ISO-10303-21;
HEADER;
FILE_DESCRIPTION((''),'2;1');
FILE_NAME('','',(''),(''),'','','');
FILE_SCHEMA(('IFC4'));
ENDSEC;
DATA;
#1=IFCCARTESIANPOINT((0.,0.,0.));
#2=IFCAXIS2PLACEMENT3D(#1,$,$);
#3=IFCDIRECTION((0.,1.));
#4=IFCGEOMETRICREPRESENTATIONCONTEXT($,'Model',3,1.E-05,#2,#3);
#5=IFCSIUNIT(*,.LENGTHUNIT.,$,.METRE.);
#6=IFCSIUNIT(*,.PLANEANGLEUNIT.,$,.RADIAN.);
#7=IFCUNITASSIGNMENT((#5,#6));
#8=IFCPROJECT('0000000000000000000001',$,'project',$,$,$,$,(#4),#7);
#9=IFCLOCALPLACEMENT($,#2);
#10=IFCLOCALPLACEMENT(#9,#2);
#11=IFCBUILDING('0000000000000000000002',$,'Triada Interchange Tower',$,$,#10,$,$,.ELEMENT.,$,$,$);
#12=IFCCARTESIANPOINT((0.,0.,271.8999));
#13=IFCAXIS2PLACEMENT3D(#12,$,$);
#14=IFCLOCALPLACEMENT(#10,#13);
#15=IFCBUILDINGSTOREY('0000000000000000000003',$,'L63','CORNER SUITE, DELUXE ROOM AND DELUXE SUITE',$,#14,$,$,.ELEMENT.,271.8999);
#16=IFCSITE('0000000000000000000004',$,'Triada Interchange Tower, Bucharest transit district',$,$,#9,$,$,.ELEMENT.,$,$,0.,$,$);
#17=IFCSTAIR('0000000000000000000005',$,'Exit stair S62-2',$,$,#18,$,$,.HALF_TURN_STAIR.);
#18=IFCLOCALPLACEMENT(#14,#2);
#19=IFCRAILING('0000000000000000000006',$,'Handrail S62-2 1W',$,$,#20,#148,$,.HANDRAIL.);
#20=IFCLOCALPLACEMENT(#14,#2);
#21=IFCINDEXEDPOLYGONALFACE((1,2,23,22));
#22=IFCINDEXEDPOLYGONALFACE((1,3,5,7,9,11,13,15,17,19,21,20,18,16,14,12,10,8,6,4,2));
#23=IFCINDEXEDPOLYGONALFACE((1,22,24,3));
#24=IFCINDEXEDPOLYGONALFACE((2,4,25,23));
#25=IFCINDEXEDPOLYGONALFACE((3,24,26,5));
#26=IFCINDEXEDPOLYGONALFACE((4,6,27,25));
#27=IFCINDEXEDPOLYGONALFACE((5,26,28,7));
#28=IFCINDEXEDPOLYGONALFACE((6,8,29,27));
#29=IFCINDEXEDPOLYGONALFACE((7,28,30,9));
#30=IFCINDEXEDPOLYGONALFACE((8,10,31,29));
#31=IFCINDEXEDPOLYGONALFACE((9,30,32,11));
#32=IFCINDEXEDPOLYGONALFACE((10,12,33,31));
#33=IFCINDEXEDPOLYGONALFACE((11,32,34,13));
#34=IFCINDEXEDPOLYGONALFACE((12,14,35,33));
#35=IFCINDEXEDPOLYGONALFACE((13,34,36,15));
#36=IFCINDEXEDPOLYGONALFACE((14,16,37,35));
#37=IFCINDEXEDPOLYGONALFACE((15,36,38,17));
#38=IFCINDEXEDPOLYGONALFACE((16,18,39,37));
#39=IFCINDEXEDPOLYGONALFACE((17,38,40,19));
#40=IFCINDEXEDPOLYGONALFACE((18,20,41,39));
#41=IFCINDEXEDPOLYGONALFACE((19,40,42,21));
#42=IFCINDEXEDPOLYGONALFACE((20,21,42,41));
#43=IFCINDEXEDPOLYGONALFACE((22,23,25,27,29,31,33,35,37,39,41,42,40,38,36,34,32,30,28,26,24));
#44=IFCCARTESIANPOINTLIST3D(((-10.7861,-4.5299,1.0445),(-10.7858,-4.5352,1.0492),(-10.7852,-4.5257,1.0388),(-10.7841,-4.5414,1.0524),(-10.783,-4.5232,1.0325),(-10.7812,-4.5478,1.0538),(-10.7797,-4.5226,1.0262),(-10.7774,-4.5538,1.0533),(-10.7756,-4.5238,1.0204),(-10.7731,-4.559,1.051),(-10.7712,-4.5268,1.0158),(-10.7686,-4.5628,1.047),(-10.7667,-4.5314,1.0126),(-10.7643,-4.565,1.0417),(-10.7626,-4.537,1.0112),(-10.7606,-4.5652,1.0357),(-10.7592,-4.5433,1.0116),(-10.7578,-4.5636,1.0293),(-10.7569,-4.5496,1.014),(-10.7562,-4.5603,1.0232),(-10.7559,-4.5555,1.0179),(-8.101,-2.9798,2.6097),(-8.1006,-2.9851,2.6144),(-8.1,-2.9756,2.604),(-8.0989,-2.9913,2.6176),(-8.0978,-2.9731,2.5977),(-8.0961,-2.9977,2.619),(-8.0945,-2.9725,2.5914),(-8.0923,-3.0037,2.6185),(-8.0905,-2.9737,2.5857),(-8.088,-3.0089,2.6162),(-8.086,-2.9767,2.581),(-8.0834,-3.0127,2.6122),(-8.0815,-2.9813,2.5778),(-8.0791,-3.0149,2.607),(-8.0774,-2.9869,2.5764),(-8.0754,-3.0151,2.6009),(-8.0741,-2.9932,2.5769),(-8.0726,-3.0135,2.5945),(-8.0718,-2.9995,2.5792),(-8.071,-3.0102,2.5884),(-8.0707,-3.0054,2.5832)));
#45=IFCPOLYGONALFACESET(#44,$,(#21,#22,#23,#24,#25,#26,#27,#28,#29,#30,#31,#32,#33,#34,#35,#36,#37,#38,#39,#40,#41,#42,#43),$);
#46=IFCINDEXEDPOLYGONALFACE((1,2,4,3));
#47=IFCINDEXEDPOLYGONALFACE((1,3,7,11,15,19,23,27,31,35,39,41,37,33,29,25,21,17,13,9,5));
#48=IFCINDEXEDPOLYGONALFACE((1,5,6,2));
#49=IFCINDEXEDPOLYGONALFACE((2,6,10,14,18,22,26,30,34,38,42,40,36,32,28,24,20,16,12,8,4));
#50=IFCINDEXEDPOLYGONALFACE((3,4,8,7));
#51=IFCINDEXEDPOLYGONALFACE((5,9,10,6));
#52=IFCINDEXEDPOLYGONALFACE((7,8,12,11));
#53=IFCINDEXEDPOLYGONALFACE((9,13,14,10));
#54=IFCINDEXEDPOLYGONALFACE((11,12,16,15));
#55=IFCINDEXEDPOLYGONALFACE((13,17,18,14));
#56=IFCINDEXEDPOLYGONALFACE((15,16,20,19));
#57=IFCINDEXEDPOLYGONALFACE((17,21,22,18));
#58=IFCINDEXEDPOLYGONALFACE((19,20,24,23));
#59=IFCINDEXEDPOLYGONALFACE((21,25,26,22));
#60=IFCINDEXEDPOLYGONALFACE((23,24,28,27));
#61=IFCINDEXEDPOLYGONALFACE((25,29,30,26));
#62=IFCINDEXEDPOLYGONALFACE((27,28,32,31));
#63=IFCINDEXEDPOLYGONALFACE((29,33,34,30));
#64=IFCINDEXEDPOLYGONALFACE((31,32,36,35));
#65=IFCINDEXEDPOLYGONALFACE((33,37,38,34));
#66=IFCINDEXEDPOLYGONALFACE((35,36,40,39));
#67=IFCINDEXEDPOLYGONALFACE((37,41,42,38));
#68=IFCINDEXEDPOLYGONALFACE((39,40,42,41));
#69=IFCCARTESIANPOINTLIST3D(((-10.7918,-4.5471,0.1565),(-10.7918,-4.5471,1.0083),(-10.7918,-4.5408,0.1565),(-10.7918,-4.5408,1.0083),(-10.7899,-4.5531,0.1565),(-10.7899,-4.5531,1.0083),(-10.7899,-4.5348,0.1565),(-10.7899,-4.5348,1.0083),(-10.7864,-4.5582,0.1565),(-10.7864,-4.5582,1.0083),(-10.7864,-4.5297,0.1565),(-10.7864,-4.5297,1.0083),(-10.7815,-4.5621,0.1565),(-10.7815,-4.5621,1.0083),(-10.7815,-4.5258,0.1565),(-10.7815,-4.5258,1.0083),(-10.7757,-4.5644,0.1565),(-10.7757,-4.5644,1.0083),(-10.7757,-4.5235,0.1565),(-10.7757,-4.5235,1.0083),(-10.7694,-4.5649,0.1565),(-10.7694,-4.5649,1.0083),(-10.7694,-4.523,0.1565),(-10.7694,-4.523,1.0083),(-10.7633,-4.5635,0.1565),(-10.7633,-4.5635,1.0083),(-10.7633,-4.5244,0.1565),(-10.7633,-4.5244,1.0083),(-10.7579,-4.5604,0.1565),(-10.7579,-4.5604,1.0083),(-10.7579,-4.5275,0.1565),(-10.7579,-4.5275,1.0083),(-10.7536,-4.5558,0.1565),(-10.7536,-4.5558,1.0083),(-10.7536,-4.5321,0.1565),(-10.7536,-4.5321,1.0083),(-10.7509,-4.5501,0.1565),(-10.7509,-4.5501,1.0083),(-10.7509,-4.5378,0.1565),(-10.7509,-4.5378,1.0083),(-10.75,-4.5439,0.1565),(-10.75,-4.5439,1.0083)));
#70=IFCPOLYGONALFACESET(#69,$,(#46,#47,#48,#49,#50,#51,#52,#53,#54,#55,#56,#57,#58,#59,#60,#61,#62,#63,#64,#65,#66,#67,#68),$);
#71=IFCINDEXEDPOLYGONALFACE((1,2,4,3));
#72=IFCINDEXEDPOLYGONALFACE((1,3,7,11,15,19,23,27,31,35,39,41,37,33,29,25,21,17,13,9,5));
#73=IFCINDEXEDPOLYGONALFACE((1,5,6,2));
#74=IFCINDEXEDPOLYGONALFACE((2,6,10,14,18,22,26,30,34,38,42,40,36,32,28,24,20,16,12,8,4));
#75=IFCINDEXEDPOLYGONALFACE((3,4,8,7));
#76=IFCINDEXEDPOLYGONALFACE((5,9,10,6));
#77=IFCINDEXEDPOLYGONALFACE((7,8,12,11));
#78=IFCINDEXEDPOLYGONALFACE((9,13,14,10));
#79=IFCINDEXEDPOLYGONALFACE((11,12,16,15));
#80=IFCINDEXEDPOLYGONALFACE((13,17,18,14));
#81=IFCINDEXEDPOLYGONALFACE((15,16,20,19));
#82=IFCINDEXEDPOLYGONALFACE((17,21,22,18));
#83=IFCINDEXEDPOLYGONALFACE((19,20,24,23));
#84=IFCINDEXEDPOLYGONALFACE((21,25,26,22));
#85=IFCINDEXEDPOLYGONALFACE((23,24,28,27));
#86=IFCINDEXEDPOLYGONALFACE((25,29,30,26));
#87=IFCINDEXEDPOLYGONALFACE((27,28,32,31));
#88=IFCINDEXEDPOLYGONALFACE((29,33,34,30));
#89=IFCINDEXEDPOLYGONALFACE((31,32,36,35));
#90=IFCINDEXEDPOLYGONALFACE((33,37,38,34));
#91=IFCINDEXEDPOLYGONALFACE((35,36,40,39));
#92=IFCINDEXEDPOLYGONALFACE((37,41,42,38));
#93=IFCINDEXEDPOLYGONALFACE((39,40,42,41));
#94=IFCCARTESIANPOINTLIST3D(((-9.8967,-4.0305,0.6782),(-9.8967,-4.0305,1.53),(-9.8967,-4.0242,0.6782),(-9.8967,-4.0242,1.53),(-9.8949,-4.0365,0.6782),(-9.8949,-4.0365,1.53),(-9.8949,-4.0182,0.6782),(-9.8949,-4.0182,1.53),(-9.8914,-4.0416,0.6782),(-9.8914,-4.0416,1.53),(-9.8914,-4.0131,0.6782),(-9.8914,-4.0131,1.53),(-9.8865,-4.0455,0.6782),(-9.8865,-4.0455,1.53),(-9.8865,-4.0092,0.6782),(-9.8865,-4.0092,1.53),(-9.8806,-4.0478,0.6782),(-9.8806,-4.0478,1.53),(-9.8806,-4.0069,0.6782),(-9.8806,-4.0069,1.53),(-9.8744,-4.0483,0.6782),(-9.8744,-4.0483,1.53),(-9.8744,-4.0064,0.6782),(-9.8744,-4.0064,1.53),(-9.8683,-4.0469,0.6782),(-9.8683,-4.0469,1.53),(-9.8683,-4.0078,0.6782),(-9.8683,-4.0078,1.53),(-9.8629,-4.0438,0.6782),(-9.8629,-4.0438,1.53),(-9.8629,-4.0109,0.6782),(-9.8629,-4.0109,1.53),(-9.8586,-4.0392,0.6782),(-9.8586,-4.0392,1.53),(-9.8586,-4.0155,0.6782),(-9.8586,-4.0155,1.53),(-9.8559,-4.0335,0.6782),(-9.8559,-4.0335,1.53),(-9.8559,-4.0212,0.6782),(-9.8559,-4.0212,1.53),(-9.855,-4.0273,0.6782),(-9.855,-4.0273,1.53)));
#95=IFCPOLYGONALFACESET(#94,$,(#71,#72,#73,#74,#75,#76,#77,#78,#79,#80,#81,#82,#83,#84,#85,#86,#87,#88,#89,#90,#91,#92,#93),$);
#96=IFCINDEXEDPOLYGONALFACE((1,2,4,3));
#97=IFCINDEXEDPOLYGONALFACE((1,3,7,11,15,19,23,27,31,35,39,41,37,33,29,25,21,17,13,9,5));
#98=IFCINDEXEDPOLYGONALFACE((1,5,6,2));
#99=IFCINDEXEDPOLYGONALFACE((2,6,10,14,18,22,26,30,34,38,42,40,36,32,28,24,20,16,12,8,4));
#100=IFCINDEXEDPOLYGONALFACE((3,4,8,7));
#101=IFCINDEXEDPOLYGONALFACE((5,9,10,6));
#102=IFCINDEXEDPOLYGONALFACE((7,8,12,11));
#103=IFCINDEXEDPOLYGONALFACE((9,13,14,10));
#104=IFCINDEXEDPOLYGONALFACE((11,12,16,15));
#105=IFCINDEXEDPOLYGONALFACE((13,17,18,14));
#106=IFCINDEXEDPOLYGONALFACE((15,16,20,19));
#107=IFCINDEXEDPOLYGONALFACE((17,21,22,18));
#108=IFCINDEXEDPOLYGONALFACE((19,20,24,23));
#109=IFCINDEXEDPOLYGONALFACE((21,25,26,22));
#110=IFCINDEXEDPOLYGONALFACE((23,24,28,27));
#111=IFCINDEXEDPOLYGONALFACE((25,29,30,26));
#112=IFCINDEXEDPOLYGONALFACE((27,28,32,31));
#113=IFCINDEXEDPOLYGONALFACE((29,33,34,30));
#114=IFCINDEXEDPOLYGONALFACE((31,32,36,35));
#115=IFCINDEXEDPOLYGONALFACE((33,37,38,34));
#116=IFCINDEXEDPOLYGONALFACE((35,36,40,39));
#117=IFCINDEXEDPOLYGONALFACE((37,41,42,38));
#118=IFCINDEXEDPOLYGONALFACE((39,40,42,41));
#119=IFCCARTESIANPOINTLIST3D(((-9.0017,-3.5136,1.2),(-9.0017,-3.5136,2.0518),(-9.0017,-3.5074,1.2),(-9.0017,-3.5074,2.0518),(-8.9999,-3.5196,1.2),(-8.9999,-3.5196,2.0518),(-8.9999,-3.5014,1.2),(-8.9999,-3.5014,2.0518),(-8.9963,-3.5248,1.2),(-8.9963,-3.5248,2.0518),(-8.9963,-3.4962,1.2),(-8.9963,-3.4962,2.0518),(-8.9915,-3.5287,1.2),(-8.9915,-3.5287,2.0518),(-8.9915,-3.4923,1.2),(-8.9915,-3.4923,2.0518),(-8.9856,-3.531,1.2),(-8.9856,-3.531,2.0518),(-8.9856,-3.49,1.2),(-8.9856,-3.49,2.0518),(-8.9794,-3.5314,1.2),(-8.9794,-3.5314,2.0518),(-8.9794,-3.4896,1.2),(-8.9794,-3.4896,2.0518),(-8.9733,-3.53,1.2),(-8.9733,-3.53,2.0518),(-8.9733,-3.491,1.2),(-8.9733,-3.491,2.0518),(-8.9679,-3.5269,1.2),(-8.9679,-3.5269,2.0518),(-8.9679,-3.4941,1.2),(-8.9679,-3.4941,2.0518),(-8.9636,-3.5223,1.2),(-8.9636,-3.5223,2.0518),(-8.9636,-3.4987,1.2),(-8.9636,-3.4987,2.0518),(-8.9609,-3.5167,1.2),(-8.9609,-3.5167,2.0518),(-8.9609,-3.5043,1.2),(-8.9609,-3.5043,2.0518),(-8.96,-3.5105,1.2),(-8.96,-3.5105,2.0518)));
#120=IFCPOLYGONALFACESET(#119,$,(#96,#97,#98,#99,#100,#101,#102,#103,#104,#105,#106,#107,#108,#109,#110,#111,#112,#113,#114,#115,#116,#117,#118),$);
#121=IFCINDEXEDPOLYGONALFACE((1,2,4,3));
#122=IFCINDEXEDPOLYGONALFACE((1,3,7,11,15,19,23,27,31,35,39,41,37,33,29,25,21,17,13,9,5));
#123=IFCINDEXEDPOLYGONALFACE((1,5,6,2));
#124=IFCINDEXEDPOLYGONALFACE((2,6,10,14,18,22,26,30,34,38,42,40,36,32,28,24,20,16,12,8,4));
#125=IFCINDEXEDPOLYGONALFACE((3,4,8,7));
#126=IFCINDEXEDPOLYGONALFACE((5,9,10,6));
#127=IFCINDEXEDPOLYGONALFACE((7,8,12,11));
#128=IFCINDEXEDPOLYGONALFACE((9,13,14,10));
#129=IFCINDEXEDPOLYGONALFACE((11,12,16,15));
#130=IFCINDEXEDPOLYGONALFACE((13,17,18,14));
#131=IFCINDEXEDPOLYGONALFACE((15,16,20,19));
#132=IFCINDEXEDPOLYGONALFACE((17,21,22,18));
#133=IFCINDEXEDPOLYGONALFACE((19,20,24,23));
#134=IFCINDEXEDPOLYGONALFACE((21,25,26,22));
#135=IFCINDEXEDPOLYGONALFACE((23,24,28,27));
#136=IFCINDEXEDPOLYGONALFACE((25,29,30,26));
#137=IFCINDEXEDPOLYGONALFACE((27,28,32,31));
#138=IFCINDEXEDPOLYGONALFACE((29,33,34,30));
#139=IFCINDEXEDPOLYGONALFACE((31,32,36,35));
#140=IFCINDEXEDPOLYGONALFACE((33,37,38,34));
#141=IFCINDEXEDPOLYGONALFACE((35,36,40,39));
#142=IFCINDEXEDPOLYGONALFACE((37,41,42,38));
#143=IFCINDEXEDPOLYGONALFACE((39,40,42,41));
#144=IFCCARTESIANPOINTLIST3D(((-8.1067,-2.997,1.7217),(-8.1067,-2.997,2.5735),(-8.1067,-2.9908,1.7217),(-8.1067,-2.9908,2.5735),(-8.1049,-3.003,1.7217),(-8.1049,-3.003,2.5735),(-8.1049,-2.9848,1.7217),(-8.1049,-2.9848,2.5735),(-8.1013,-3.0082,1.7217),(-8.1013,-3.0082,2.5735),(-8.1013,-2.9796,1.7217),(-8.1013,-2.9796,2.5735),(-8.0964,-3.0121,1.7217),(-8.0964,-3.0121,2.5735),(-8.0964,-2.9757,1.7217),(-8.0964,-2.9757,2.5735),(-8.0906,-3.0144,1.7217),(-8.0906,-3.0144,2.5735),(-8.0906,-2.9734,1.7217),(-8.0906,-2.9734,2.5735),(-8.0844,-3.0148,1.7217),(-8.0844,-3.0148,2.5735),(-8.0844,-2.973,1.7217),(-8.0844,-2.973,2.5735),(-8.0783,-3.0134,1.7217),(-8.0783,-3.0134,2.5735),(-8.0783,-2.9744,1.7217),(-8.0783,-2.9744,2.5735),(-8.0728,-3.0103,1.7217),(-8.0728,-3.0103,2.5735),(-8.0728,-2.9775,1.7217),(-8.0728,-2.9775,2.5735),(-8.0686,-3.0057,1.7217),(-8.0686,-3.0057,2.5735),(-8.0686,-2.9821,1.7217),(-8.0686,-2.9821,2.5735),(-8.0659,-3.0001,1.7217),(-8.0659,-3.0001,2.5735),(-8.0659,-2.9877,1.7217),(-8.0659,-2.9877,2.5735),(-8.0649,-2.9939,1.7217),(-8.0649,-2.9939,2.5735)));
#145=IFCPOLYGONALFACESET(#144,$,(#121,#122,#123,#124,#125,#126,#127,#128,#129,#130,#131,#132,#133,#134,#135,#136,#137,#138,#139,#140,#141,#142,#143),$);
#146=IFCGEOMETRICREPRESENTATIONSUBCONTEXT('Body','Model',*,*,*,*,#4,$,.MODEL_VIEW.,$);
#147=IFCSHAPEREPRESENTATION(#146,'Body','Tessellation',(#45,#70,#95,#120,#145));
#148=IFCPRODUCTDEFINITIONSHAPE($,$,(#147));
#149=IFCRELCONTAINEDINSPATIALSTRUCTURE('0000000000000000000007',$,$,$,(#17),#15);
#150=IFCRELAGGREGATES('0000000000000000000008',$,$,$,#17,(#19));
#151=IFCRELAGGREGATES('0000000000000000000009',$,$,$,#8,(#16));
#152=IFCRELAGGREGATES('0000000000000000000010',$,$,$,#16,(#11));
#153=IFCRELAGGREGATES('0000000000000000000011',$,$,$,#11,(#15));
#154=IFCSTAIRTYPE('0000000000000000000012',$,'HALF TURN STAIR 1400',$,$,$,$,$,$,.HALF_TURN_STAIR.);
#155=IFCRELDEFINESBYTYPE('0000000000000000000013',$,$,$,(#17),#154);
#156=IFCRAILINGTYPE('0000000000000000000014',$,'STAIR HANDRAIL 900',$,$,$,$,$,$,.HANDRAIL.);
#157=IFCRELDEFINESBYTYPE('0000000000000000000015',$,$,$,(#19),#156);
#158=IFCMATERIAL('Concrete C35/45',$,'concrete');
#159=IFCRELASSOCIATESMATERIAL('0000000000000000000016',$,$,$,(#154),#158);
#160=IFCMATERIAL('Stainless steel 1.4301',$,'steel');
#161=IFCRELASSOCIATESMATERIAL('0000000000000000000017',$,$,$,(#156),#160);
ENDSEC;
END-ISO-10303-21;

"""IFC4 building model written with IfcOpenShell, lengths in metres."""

from ifc_helpers import new_model, si_unit, direction, frame, origin, origin_2d, place, context, subcontext, project, spatial, circle, extrude, material, type_object, element, aggregate, save


model = new_model("IFC4")

# Units and contexts
model_context = context("Model", 3, precision=1e-05, world=origin(), true_north=direction((0.0, 1.0)))
body_context = subcontext(model_context, "Body", "Model", "MODEL_VIEW")
ifc_project = project(units=[si_unit("LENGTHUNIT", "METRE"), si_unit("PLANEANGLEUNIT", "RADIAN")], contexts=[model_context])

# Site, building, storey
site_placement = place(None, origin())
site = spatial("IfcSite", under=ifc_project, at=site_placement, Name="Triada Interchange Tower, Bucharest transit district", CompositionType="ELEMENT", RefElevation=0.0)
building_placement = place(site_placement, origin())
building = spatial("IfcBuilding", under=site, at=building_placement, Name="Triada Interchange Tower", CompositionType="ELEMENT")
storey_placement = place(building_placement, frame((0.0, 0.0, 271.8999)))
storey = spatial("IfcBuildingStorey", under=building, at=storey_placement, Name="L63", Description="CORNER SUITE, DELUXE ROOM AND DELUXE SUITE", CompositionType="ELEMENT", Elevation=271.8999)

# Stair, railing
ifc_material_1 = material(Name="Concrete C35/45", Category="concrete")
stair_type = type_object("IfcStairType", Name="HALF TURN STAIR 1400", PredefinedType="HALF_TURN_STAIR", material=ifc_material_1)
stair_placement = place(storey_placement, origin())
stair = element("IfcStair", 1, at=stair_placement, inside=storey, type_object=stair_type, Name="Exit stair S62-2", PredefinedType="HALF_TURN_STAIR")
ifc_material_2 = material(Name="Stainless steel 1.4301", Category="steel")
railing_type = type_object("IfcRailingType", Name="STAIR HANDRAIL 900", PredefinedType="HANDRAIL", material=ifc_material_2)
railing_1_placement = place(storey_placement, frame((-10.771, -4.5439, 0.1565)))
railing_1 = element("IfcRailing", 2, at=railing_1_placement, type_object=railing_type, Name="Handrail S62-2 1W", PredefinedType="HANDRAIL", context=body_context, shape_type="SweptSolid", body=[
    extrude(circle(Radius=0.0239, at=origin_2d()), frame((0.0, 0.0, 0.876), z_axis=(0.773115, 0.446309, 0.450667), x_axis=(-0.499959, 0.866049, 0.0)), (0.0, 0.0, 1.0), 3.4731),
    extrude(circle(Radius=0.021, at=origin_2d()), origin(), (0.0, 0.0, 1.0), 0.8518),
    extrude(circle(Radius=0.021, at=origin_2d()), frame((0.895, 0.5166, 0.5217)), (0.0, 0.0, 1.0), 0.8518),
    extrude(circle(Radius=0.021, at=origin_2d()), frame((1.79, 1.0334, 1.0435)), (0.0, 0.0, 1.0), 0.8518),
    extrude(circle(Radius=0.021, at=origin_2d()), frame((2.6851, 1.55, 1.5652)), (0.0, 0.0, 1.0), 0.8518),
])
aggregate(stair, [railing_1])

save(model, "model.ifc")
